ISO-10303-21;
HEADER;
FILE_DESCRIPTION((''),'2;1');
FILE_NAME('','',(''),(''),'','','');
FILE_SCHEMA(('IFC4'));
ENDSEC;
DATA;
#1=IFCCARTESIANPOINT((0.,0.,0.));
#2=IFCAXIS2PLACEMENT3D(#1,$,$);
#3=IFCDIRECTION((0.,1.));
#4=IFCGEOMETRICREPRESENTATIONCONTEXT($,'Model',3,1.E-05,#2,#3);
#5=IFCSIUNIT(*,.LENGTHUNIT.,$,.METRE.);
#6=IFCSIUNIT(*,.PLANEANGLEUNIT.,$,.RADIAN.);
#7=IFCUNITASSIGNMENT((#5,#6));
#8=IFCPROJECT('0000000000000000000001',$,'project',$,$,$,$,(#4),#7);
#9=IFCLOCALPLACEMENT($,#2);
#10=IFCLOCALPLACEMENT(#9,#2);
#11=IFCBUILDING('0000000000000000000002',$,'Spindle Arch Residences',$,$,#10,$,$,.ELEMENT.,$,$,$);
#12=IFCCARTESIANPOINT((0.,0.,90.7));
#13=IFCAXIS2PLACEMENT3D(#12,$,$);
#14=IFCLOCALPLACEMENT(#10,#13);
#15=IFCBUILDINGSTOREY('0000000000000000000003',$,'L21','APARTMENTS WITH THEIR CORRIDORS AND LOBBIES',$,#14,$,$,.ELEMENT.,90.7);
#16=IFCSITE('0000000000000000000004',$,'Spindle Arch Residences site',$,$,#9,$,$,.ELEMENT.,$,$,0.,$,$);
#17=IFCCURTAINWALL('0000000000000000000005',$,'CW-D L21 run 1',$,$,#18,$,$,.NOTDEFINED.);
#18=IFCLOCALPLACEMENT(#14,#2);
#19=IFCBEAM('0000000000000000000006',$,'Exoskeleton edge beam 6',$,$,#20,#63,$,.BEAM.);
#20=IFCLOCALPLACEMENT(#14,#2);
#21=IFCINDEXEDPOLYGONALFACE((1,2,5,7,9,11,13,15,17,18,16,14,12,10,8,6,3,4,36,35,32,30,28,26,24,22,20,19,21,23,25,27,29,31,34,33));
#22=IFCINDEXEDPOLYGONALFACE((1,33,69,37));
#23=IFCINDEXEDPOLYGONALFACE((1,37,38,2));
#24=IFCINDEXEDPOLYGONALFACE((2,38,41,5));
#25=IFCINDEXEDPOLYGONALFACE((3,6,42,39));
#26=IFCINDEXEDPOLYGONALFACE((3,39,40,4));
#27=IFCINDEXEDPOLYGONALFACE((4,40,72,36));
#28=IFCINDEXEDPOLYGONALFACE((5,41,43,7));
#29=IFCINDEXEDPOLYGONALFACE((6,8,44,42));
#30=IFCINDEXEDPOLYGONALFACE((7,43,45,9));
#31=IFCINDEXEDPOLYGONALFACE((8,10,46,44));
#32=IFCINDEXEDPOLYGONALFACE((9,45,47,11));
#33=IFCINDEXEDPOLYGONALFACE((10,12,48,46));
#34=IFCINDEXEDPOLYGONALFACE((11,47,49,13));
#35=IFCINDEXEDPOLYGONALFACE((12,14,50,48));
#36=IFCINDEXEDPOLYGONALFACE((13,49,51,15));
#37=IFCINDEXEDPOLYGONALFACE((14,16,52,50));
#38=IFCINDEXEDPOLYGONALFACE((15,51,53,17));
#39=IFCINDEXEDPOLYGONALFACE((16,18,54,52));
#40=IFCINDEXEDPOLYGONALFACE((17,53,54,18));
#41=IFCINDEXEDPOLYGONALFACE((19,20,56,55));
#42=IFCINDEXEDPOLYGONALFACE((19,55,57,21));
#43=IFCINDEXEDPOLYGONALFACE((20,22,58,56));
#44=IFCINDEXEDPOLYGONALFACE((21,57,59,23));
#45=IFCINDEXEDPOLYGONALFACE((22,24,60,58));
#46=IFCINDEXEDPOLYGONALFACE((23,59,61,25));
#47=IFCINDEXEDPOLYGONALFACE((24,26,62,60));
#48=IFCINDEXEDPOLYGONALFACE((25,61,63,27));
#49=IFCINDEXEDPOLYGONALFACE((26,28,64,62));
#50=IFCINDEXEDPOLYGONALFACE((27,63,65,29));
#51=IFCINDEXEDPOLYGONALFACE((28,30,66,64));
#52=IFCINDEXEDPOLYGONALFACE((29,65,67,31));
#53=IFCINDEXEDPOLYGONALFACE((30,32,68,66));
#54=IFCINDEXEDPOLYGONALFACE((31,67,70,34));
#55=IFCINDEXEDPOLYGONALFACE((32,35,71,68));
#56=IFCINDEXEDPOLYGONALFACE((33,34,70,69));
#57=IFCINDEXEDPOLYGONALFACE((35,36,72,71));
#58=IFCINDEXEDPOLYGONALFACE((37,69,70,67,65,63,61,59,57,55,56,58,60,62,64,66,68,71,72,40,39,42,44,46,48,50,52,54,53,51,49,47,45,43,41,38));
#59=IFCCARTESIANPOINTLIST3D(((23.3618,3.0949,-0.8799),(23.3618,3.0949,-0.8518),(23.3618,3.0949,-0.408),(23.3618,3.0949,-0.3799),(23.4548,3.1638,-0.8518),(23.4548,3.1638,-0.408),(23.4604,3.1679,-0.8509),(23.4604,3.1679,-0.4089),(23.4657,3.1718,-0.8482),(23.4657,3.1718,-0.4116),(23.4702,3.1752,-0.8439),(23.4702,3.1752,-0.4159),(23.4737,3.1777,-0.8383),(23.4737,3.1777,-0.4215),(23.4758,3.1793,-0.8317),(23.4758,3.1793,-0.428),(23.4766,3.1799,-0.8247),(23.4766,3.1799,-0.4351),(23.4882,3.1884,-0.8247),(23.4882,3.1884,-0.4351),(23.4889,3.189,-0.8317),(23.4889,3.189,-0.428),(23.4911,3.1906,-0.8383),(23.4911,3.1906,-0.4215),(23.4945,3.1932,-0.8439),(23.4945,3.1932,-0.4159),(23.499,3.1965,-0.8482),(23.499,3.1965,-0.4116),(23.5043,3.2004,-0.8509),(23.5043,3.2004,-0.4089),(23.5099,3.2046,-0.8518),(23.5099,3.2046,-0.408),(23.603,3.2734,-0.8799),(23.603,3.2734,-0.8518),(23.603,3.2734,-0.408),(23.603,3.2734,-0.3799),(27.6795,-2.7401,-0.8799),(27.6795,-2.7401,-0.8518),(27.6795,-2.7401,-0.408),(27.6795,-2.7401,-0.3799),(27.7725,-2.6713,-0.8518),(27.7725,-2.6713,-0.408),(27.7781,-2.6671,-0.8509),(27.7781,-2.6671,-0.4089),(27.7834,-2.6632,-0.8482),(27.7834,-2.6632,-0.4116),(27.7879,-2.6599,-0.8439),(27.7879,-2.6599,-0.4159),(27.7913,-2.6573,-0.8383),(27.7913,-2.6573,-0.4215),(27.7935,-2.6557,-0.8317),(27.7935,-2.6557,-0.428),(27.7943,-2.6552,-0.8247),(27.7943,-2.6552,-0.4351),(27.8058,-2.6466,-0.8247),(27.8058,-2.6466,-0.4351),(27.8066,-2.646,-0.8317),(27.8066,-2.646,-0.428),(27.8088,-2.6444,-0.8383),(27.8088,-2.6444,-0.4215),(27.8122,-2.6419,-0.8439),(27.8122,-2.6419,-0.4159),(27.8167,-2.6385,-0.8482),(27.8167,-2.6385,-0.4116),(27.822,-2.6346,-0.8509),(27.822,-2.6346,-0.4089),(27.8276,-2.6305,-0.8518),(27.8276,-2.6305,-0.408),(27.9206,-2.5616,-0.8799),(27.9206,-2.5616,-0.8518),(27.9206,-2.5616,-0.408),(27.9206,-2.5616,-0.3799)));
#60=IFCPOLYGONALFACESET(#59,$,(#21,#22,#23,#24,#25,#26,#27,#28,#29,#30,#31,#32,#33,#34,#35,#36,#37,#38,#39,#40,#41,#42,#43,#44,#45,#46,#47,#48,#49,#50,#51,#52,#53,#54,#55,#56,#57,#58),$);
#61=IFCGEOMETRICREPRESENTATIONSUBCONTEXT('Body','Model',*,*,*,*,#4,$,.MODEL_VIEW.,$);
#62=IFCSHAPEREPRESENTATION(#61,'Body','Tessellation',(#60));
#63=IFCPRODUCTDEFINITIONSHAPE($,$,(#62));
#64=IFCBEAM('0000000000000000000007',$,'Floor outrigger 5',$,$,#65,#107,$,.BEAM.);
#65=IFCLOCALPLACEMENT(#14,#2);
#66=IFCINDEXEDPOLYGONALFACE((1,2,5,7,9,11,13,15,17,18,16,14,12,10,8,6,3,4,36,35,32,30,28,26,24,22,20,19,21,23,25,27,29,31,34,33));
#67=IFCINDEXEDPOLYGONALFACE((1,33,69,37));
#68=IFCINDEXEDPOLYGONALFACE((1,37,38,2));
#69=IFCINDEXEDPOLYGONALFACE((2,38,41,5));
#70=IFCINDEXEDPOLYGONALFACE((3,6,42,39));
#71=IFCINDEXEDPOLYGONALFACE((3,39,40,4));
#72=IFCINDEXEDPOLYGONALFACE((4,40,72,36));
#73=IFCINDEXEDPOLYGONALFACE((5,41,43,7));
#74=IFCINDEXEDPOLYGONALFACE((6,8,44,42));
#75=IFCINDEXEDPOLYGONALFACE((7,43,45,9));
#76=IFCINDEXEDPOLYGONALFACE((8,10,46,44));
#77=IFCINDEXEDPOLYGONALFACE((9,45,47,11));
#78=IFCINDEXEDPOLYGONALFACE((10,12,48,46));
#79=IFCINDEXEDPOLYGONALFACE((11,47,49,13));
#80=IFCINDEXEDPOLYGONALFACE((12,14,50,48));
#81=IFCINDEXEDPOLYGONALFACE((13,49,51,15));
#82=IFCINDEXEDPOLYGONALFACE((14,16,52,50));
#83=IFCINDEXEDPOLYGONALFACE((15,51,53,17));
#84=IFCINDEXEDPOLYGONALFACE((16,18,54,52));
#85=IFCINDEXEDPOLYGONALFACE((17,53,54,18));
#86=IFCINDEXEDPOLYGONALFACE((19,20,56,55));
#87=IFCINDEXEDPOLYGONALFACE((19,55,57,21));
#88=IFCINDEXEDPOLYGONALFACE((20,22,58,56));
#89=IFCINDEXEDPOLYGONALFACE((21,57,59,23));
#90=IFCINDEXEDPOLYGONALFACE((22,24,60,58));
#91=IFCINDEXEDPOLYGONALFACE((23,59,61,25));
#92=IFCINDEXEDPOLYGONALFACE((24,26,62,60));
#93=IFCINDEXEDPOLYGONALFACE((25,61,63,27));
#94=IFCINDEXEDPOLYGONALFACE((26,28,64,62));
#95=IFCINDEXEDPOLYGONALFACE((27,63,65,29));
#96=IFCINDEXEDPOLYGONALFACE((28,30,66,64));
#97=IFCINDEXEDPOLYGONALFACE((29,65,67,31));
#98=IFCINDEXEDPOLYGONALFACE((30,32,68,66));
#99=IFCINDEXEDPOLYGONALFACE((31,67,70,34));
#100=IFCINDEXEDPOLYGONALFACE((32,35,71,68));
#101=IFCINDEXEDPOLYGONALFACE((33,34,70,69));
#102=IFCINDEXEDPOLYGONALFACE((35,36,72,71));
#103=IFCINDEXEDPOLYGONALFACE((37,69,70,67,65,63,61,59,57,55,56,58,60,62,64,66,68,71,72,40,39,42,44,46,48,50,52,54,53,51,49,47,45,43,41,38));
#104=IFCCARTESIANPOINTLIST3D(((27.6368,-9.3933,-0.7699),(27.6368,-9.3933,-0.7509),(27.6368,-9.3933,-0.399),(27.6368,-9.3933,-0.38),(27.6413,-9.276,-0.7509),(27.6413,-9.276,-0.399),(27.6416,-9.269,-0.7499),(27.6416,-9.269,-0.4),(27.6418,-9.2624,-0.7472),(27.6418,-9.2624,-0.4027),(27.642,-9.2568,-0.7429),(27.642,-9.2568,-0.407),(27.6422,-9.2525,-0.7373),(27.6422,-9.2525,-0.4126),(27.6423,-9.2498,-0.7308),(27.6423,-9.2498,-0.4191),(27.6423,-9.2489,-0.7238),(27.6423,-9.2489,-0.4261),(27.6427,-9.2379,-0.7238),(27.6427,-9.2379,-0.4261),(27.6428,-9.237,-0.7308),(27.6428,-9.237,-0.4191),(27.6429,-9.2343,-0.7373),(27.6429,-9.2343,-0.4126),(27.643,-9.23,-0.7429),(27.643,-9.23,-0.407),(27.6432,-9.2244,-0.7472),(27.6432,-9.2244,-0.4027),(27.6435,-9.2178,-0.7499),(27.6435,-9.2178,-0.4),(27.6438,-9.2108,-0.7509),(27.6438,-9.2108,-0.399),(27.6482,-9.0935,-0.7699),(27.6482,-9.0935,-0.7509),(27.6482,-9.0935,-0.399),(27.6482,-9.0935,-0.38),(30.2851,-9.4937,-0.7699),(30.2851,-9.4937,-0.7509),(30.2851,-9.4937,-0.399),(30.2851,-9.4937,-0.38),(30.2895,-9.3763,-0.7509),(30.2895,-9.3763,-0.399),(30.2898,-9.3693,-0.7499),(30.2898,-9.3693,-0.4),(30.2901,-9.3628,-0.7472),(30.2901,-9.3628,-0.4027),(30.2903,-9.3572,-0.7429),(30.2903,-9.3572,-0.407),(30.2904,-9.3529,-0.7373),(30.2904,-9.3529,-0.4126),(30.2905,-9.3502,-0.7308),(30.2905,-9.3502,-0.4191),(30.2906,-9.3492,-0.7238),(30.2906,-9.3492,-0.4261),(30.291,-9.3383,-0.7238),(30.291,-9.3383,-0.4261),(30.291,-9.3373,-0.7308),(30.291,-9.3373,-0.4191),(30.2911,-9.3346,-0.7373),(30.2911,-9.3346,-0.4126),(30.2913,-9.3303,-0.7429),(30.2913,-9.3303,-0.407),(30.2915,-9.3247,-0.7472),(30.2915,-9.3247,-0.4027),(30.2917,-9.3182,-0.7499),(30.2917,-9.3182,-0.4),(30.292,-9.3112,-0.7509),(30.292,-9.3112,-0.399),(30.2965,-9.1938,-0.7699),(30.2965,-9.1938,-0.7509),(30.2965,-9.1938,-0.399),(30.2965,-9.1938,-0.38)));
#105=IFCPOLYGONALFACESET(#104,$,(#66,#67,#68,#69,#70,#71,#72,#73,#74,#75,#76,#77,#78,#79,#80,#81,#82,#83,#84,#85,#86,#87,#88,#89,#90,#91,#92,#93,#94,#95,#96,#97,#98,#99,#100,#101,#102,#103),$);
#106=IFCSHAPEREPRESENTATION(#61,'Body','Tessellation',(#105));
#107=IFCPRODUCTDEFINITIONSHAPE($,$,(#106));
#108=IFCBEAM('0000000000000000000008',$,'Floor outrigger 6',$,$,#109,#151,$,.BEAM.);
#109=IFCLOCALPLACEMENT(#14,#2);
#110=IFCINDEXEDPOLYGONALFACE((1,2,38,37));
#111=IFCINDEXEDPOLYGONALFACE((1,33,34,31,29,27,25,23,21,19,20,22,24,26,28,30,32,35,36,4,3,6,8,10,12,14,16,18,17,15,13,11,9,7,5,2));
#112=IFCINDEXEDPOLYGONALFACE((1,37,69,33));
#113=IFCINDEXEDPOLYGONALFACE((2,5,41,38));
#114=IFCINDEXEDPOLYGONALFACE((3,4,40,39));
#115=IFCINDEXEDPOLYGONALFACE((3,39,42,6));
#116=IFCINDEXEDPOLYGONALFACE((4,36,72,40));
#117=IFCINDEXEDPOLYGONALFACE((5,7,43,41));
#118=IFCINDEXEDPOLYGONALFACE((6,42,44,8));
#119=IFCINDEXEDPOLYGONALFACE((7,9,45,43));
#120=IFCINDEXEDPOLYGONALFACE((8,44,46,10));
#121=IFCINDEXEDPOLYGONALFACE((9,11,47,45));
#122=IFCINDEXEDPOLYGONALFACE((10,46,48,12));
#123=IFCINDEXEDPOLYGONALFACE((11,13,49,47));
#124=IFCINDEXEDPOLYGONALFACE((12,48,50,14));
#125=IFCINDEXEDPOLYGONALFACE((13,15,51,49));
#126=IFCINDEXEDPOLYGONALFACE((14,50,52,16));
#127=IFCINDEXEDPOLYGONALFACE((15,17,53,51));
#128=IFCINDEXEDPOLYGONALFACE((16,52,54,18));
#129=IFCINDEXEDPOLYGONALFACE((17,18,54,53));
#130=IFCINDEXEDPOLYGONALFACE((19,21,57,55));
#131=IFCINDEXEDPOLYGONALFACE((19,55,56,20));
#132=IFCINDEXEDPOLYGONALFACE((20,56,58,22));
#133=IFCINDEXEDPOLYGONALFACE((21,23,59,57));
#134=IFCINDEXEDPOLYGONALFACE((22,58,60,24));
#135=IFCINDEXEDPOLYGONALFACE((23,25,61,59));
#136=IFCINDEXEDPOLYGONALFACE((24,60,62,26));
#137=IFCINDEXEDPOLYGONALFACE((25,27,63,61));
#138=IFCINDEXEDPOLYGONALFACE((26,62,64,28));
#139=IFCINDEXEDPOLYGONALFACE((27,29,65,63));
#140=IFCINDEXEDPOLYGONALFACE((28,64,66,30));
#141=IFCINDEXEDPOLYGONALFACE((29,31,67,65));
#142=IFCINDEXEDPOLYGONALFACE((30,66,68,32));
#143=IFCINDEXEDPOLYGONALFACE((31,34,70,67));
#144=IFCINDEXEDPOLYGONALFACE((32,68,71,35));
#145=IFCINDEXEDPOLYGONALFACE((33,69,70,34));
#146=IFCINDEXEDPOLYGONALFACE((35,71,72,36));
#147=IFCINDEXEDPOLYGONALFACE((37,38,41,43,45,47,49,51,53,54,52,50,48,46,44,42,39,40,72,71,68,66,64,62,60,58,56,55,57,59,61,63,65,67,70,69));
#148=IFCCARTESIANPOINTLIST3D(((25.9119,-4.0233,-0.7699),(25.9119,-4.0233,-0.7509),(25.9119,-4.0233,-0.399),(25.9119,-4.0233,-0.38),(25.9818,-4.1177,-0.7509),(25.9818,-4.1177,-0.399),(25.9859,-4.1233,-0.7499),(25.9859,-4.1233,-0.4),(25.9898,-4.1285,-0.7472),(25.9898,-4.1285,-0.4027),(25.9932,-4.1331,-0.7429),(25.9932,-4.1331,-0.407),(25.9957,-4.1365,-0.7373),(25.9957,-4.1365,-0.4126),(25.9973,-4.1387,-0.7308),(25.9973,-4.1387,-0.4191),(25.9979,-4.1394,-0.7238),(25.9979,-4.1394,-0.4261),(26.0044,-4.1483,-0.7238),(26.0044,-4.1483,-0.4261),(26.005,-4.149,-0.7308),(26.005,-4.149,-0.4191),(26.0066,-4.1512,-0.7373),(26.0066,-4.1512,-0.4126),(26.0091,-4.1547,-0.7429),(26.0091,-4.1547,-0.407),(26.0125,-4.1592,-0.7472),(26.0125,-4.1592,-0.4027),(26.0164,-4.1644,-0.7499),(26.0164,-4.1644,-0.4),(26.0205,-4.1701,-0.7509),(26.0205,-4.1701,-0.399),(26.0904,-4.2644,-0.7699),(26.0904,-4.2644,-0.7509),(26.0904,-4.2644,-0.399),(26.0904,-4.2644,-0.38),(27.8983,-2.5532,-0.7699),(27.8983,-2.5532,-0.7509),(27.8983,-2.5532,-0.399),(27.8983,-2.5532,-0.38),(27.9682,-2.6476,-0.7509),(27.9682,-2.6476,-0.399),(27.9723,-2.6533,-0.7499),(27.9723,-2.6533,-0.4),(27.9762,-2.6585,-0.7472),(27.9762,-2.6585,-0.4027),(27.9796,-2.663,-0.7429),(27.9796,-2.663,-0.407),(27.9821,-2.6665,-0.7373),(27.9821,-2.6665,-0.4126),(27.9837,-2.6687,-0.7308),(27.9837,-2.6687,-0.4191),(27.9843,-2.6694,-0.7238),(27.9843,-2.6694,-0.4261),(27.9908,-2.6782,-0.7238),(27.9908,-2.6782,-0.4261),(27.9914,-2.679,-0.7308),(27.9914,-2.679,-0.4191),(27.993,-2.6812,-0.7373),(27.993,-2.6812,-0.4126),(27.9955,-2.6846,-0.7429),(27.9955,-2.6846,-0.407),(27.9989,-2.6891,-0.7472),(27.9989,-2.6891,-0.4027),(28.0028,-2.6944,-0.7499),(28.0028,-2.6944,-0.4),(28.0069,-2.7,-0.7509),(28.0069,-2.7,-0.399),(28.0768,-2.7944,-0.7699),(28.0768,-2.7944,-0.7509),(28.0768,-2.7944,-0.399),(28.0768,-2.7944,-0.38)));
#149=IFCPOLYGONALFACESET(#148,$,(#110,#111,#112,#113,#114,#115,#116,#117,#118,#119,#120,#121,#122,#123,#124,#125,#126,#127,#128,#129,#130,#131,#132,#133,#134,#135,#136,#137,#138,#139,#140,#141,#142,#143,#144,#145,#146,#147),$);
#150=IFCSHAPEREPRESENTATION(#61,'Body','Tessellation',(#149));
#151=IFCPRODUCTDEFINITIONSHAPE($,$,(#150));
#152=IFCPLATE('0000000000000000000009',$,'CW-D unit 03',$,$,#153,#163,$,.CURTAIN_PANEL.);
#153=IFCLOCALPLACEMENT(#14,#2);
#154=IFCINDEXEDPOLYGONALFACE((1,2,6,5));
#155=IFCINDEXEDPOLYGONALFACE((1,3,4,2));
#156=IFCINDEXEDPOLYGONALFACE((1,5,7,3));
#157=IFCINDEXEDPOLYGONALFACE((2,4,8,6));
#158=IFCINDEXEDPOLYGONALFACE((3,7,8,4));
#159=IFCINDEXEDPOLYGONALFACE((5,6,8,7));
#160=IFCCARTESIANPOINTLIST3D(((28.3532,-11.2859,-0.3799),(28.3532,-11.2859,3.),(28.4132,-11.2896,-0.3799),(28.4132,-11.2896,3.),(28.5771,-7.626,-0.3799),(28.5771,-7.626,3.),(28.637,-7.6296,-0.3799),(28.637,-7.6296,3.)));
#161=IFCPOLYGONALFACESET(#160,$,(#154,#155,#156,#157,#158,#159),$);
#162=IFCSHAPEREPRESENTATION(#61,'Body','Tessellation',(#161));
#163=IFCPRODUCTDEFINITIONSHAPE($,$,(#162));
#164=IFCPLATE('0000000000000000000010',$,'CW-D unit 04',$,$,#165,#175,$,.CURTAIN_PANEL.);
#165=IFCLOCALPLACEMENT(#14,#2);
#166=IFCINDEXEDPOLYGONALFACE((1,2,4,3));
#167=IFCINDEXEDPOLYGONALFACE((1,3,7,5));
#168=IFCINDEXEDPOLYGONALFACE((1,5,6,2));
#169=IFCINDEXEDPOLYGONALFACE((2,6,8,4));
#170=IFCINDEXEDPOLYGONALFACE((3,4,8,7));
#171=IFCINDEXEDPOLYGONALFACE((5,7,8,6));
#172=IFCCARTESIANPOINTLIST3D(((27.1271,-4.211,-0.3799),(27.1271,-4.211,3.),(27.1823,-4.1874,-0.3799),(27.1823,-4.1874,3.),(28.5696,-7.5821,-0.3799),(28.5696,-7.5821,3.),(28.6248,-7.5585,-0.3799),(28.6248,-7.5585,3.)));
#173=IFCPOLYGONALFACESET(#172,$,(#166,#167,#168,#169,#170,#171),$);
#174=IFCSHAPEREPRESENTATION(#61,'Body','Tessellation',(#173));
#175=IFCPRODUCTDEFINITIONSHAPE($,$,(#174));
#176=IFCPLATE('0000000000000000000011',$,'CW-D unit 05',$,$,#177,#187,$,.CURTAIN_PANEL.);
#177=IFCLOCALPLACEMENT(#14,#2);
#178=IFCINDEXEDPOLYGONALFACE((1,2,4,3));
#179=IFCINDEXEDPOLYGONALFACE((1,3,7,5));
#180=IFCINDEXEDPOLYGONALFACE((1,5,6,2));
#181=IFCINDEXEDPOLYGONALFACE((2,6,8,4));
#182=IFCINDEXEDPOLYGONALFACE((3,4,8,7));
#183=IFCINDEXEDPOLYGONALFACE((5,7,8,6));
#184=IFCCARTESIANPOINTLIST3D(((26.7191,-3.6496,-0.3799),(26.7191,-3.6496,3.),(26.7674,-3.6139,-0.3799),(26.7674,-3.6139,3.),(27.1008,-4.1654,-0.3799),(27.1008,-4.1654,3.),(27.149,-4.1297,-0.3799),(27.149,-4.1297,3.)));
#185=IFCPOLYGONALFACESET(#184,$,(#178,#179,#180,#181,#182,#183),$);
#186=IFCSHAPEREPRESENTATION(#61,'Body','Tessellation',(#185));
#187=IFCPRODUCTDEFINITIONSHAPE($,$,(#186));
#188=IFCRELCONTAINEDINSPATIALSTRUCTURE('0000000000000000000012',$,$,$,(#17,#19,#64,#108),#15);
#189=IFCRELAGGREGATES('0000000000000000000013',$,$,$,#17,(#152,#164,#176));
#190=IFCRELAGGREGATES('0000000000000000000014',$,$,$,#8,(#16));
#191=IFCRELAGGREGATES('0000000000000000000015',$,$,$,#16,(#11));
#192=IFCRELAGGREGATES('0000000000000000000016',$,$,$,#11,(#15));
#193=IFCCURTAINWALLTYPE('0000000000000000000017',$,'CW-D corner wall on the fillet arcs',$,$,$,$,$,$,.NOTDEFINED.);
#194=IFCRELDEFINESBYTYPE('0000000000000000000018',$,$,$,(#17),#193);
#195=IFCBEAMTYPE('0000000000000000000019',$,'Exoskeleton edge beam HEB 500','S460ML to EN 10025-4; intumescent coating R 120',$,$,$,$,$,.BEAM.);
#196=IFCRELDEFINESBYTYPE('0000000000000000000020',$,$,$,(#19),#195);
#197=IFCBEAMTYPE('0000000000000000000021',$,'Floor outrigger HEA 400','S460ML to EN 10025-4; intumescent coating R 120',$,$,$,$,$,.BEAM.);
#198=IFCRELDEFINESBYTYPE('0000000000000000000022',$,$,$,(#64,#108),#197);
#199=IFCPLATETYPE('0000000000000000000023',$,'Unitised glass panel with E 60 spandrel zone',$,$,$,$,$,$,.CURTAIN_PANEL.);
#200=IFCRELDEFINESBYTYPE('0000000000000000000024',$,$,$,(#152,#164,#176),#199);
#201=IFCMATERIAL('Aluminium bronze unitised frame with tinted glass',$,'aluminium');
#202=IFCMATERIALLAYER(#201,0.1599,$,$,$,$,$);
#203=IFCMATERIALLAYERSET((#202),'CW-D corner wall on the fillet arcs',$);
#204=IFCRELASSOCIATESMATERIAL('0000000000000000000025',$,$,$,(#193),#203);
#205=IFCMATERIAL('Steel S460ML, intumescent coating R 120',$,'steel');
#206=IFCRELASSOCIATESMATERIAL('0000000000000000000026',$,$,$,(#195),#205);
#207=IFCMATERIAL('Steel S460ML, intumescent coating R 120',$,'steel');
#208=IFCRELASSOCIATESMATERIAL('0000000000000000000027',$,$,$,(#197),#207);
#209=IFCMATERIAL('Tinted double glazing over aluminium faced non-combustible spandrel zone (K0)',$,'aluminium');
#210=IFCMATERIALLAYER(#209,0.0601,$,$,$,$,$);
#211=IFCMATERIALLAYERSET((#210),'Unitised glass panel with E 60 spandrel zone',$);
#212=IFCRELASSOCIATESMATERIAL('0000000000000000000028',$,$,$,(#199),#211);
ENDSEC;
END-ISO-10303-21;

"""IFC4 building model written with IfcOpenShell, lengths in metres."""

from ifc_helpers import new_model, si_unit, direction, frame, origin, origin_2d, place, context, subcontext, project, spatial, rectangle, i_section, extrude, material, layer, layer_set, material_profile, profile_set, type_object, element, aggregate, save


model = new_model("IFC4")

# Units and contexts
model_context = context("Model", 3, precision=1e-05, world=origin(), true_north=direction((0.0, 1.0)))
body_context = subcontext(model_context, "Body", "Model", "MODEL_VIEW")
ifc_project = project(units=[si_unit("LENGTHUNIT", "METRE"), si_unit("PLANEANGLEUNIT", "RADIAN")], contexts=[model_context])

# Site, building, storey
site_placement = place(None, origin())
site = spatial("IfcSite", under=ifc_project, at=site_placement, Name="Spindle Arch Residences site", CompositionType="ELEMENT", RefElevation=0.0)
building_placement = place(site_placement, origin())
building = spatial("IfcBuilding", under=site, at=building_placement, Name="Spindle Arch Residences", CompositionType="ELEMENT")
storey_placement = place(building_placement, frame((0.0, 0.0, 90.7)))
storey = spatial("IfcBuildingStorey", under=building, at=storey_placement, Name="L21", Description="APARTMENTS WITH THEIR CORRIDORS AND LOBBIES", CompositionType="ELEMENT", Elevation=90.7)

# Curtain wall
ifc_material_1 = material(Name="Aluminium bronze unitised frame with tinted glass", Category="aluminium")
ifc_layer_1 = layer(ifc_material_1, 0.1599)
ifc_layer_set_1 = layer_set([ifc_layer_1], Name="CW-D corner wall on the fillet arcs")
curtain_wall_type_1 = type_object("IfcCurtainWallType", Name="CW-D corner wall on the fillet arcs", PredefinedType="NOTDEFINED", material=ifc_layer_set_1)
curtain_wall_1_placement = place(storey_placement, origin())
curtain_wall_1 = element("IfcCurtainWall", 1, at=curtain_wall_1_placement, inside=storey, type_object=curtain_wall_type_1, Name="CW-D L21 run 1", PredefinedType="NOTDEFINED")

# Beams
ifc_material_2 = material(Name="Steel S460ML, intumescent coating R 120", Category="steel")
ifc_material_profile_1 = material_profile(ifc_material_2, i_section(OverallWidth=0.3, OverallDepth=0.5, WebThickness=0.0144, FlangeThickness=0.0281, FilletRadius=0.0271, at=origin_2d()), Name="HEB 500")
ifc_profile_set_1 = profile_set([ifc_material_profile_1], Name="Steel S460ML, intumescent coating R 120")
beam_type_1 = type_object("IfcBeamType", Name="Exoskeleton edge beam HEB 500", Description="S460ML to EN 10025-4; intumescent coating R 120", PredefinedType="BEAM", material=ifc_profile_set_1)
beam_1_placement = place(storey_placement, frame((27.8, -2.6509, -0.6299), z_axis=(-0.594821, 0.803858, 0.0), x_axis=(-0.803858, -0.594821, 0.0)))
element("IfcBeam", 2, at=beam_1_placement, inside=storey, type_object=beam_type_1, Name="Exoskeleton edge beam 6", PredefinedType="BEAM", context=body_context, shape_type="SweptSolid", body=[
    extrude(i_section(OverallWidth=0.3, OverallDepth=0.5, WebThickness=0.0144, FlangeThickness=0.0281, FilletRadius=0.0271, at=origin_2d()), origin(), (0.0, 0.0, 1.0), 7.2588),
])
ifc_material_3 = material(Name="Steel S460ML, intumescent coating R 120", Category="steel")
ifc_material_profile_2 = material_profile(ifc_material_3, i_section(OverallWidth=0.3, OverallDepth=0.3899, WebThickness=0.011, FlangeThickness=0.019, FilletRadius=0.0271, at=origin_2d()), Name="HEA 400")
ifc_profile_set_2 = profile_set([ifc_material_profile_2], Name="Steel S460ML, intumescent coating R 120")
beam_type_2 = type_object("IfcBeamType", Name="Floor outrigger HEA 400", Description="S460ML to EN 10025-4; intumescent coating R 120", PredefinedType="BEAM", material=ifc_profile_set_2)
beam_2_placement = place(storey_placement, frame((30.2908, -9.3438, -0.575), z_axis=(-0.999283, 0.037863, 0.0), x_axis=(-0.037863, -0.999283, 0.0)))
element("IfcBeam", 3, at=beam_2_placement, inside=storey, type_object=beam_type_2, Name="Floor outrigger 5", PredefinedType="BEAM", context=body_context, shape_type="SweptSolid", body=[
    extrude(i_section(OverallWidth=0.3, OverallDepth=0.3899, WebThickness=0.011, FlangeThickness=0.019, FilletRadius=0.0271, at=origin_2d()), origin(), (0.0, 0.0, 1.0), 2.6501),
])
beam_3_placement = place(storey_placement, frame((27.9875, -2.6738, -0.575), z_axis=(-0.803825, -0.594866, 0.0), x_axis=(0.594866, -0.803825, 0.0)))
element("IfcBeam", 4, at=beam_3_placement, inside=storey, type_object=beam_type_2, Name="Floor outrigger 6", PredefinedType="BEAM", context=body_context, shape_type="SweptSolid", body=[
    extrude(i_section(OverallWidth=0.3, OverallDepth=0.3899, WebThickness=0.011, FlangeThickness=0.019, FilletRadius=0.0271, at=origin_2d()), origin(), (0.0, 0.0, 1.0), 2.4712),
])

# Plates
ifc_material_4 = material(Name="Tinted double glazing over aluminium faced non-combustible spandrel zone (K0)", Category="aluminium")
ifc_layer_2 = layer(ifc_material_4, 0.0601)
ifc_layer_set_2 = layer_set([ifc_layer_2], Name="Unitised glass panel with E 60 spandrel zone")
plate_type = type_object("IfcPlateType", Name="Unitised glass panel with E 60 spandrel zone", PredefinedType="CURTAIN_PANEL", material=ifc_layer_set_2)
plate_1_placement = place(storey_placement, frame((28.4951, -9.4578, -0.3799), z_axis=(0.0, 0.0, 1.0), x_axis=(0.061049, 0.998135, 0.0)))
plate_1 = element("IfcPlate", 5, at=plate_1_placement, type_object=plate_type, Name="CW-D unit 03", PredefinedType="CURTAIN_PANEL", context=body_context, shape_type="SweptSolid", body=[
    extrude(rectangle(XDim=3.6667, YDim=0.0601, at=origin_2d()), origin(), (0.0, 0.0, 1.0), 3.3799),
])
plate_2_placement = place(storey_placement, frame((27.876, -5.8848, -0.3799), z_axis=(0.0, 0.0, 1.0), x_axis=(-0.393407, 0.919364, 0.0)))
plate_2 = element("IfcPlate", 6, at=plate_2_placement, type_object=plate_type, Name="CW-D unit 04", PredefinedType="CURTAIN_PANEL", context=body_context, shape_type="SweptSolid", body=[
    extrude(rectangle(XDim=3.6667, YDim=0.0601, at=origin_2d()), origin(), (0.0, 0.0, 1.0), 3.3799),
])
plate_3_placement = place(storey_placement, frame((26.9341, -3.8896, -0.3799), z_axis=(0.0, 0.0, 1.0), x_axis=(-0.594823, 0.803857, 0.0)))
plate_3 = element("IfcPlate", 7, at=plate_3_placement, type_object=plate_type, Name="CW-D unit 05", PredefinedType="CURTAIN_PANEL", context=body_context, shape_type="SweptSolid", body=[
    extrude(rectangle(XDim=0.6416, YDim=0.0601, at=origin_2d()), origin(), (0.0, 0.0, 1.0), 3.3799),
])
aggregate(curtain_wall_1, [plate_1, plate_2, plate_3])

save(model, "model.ifc")
